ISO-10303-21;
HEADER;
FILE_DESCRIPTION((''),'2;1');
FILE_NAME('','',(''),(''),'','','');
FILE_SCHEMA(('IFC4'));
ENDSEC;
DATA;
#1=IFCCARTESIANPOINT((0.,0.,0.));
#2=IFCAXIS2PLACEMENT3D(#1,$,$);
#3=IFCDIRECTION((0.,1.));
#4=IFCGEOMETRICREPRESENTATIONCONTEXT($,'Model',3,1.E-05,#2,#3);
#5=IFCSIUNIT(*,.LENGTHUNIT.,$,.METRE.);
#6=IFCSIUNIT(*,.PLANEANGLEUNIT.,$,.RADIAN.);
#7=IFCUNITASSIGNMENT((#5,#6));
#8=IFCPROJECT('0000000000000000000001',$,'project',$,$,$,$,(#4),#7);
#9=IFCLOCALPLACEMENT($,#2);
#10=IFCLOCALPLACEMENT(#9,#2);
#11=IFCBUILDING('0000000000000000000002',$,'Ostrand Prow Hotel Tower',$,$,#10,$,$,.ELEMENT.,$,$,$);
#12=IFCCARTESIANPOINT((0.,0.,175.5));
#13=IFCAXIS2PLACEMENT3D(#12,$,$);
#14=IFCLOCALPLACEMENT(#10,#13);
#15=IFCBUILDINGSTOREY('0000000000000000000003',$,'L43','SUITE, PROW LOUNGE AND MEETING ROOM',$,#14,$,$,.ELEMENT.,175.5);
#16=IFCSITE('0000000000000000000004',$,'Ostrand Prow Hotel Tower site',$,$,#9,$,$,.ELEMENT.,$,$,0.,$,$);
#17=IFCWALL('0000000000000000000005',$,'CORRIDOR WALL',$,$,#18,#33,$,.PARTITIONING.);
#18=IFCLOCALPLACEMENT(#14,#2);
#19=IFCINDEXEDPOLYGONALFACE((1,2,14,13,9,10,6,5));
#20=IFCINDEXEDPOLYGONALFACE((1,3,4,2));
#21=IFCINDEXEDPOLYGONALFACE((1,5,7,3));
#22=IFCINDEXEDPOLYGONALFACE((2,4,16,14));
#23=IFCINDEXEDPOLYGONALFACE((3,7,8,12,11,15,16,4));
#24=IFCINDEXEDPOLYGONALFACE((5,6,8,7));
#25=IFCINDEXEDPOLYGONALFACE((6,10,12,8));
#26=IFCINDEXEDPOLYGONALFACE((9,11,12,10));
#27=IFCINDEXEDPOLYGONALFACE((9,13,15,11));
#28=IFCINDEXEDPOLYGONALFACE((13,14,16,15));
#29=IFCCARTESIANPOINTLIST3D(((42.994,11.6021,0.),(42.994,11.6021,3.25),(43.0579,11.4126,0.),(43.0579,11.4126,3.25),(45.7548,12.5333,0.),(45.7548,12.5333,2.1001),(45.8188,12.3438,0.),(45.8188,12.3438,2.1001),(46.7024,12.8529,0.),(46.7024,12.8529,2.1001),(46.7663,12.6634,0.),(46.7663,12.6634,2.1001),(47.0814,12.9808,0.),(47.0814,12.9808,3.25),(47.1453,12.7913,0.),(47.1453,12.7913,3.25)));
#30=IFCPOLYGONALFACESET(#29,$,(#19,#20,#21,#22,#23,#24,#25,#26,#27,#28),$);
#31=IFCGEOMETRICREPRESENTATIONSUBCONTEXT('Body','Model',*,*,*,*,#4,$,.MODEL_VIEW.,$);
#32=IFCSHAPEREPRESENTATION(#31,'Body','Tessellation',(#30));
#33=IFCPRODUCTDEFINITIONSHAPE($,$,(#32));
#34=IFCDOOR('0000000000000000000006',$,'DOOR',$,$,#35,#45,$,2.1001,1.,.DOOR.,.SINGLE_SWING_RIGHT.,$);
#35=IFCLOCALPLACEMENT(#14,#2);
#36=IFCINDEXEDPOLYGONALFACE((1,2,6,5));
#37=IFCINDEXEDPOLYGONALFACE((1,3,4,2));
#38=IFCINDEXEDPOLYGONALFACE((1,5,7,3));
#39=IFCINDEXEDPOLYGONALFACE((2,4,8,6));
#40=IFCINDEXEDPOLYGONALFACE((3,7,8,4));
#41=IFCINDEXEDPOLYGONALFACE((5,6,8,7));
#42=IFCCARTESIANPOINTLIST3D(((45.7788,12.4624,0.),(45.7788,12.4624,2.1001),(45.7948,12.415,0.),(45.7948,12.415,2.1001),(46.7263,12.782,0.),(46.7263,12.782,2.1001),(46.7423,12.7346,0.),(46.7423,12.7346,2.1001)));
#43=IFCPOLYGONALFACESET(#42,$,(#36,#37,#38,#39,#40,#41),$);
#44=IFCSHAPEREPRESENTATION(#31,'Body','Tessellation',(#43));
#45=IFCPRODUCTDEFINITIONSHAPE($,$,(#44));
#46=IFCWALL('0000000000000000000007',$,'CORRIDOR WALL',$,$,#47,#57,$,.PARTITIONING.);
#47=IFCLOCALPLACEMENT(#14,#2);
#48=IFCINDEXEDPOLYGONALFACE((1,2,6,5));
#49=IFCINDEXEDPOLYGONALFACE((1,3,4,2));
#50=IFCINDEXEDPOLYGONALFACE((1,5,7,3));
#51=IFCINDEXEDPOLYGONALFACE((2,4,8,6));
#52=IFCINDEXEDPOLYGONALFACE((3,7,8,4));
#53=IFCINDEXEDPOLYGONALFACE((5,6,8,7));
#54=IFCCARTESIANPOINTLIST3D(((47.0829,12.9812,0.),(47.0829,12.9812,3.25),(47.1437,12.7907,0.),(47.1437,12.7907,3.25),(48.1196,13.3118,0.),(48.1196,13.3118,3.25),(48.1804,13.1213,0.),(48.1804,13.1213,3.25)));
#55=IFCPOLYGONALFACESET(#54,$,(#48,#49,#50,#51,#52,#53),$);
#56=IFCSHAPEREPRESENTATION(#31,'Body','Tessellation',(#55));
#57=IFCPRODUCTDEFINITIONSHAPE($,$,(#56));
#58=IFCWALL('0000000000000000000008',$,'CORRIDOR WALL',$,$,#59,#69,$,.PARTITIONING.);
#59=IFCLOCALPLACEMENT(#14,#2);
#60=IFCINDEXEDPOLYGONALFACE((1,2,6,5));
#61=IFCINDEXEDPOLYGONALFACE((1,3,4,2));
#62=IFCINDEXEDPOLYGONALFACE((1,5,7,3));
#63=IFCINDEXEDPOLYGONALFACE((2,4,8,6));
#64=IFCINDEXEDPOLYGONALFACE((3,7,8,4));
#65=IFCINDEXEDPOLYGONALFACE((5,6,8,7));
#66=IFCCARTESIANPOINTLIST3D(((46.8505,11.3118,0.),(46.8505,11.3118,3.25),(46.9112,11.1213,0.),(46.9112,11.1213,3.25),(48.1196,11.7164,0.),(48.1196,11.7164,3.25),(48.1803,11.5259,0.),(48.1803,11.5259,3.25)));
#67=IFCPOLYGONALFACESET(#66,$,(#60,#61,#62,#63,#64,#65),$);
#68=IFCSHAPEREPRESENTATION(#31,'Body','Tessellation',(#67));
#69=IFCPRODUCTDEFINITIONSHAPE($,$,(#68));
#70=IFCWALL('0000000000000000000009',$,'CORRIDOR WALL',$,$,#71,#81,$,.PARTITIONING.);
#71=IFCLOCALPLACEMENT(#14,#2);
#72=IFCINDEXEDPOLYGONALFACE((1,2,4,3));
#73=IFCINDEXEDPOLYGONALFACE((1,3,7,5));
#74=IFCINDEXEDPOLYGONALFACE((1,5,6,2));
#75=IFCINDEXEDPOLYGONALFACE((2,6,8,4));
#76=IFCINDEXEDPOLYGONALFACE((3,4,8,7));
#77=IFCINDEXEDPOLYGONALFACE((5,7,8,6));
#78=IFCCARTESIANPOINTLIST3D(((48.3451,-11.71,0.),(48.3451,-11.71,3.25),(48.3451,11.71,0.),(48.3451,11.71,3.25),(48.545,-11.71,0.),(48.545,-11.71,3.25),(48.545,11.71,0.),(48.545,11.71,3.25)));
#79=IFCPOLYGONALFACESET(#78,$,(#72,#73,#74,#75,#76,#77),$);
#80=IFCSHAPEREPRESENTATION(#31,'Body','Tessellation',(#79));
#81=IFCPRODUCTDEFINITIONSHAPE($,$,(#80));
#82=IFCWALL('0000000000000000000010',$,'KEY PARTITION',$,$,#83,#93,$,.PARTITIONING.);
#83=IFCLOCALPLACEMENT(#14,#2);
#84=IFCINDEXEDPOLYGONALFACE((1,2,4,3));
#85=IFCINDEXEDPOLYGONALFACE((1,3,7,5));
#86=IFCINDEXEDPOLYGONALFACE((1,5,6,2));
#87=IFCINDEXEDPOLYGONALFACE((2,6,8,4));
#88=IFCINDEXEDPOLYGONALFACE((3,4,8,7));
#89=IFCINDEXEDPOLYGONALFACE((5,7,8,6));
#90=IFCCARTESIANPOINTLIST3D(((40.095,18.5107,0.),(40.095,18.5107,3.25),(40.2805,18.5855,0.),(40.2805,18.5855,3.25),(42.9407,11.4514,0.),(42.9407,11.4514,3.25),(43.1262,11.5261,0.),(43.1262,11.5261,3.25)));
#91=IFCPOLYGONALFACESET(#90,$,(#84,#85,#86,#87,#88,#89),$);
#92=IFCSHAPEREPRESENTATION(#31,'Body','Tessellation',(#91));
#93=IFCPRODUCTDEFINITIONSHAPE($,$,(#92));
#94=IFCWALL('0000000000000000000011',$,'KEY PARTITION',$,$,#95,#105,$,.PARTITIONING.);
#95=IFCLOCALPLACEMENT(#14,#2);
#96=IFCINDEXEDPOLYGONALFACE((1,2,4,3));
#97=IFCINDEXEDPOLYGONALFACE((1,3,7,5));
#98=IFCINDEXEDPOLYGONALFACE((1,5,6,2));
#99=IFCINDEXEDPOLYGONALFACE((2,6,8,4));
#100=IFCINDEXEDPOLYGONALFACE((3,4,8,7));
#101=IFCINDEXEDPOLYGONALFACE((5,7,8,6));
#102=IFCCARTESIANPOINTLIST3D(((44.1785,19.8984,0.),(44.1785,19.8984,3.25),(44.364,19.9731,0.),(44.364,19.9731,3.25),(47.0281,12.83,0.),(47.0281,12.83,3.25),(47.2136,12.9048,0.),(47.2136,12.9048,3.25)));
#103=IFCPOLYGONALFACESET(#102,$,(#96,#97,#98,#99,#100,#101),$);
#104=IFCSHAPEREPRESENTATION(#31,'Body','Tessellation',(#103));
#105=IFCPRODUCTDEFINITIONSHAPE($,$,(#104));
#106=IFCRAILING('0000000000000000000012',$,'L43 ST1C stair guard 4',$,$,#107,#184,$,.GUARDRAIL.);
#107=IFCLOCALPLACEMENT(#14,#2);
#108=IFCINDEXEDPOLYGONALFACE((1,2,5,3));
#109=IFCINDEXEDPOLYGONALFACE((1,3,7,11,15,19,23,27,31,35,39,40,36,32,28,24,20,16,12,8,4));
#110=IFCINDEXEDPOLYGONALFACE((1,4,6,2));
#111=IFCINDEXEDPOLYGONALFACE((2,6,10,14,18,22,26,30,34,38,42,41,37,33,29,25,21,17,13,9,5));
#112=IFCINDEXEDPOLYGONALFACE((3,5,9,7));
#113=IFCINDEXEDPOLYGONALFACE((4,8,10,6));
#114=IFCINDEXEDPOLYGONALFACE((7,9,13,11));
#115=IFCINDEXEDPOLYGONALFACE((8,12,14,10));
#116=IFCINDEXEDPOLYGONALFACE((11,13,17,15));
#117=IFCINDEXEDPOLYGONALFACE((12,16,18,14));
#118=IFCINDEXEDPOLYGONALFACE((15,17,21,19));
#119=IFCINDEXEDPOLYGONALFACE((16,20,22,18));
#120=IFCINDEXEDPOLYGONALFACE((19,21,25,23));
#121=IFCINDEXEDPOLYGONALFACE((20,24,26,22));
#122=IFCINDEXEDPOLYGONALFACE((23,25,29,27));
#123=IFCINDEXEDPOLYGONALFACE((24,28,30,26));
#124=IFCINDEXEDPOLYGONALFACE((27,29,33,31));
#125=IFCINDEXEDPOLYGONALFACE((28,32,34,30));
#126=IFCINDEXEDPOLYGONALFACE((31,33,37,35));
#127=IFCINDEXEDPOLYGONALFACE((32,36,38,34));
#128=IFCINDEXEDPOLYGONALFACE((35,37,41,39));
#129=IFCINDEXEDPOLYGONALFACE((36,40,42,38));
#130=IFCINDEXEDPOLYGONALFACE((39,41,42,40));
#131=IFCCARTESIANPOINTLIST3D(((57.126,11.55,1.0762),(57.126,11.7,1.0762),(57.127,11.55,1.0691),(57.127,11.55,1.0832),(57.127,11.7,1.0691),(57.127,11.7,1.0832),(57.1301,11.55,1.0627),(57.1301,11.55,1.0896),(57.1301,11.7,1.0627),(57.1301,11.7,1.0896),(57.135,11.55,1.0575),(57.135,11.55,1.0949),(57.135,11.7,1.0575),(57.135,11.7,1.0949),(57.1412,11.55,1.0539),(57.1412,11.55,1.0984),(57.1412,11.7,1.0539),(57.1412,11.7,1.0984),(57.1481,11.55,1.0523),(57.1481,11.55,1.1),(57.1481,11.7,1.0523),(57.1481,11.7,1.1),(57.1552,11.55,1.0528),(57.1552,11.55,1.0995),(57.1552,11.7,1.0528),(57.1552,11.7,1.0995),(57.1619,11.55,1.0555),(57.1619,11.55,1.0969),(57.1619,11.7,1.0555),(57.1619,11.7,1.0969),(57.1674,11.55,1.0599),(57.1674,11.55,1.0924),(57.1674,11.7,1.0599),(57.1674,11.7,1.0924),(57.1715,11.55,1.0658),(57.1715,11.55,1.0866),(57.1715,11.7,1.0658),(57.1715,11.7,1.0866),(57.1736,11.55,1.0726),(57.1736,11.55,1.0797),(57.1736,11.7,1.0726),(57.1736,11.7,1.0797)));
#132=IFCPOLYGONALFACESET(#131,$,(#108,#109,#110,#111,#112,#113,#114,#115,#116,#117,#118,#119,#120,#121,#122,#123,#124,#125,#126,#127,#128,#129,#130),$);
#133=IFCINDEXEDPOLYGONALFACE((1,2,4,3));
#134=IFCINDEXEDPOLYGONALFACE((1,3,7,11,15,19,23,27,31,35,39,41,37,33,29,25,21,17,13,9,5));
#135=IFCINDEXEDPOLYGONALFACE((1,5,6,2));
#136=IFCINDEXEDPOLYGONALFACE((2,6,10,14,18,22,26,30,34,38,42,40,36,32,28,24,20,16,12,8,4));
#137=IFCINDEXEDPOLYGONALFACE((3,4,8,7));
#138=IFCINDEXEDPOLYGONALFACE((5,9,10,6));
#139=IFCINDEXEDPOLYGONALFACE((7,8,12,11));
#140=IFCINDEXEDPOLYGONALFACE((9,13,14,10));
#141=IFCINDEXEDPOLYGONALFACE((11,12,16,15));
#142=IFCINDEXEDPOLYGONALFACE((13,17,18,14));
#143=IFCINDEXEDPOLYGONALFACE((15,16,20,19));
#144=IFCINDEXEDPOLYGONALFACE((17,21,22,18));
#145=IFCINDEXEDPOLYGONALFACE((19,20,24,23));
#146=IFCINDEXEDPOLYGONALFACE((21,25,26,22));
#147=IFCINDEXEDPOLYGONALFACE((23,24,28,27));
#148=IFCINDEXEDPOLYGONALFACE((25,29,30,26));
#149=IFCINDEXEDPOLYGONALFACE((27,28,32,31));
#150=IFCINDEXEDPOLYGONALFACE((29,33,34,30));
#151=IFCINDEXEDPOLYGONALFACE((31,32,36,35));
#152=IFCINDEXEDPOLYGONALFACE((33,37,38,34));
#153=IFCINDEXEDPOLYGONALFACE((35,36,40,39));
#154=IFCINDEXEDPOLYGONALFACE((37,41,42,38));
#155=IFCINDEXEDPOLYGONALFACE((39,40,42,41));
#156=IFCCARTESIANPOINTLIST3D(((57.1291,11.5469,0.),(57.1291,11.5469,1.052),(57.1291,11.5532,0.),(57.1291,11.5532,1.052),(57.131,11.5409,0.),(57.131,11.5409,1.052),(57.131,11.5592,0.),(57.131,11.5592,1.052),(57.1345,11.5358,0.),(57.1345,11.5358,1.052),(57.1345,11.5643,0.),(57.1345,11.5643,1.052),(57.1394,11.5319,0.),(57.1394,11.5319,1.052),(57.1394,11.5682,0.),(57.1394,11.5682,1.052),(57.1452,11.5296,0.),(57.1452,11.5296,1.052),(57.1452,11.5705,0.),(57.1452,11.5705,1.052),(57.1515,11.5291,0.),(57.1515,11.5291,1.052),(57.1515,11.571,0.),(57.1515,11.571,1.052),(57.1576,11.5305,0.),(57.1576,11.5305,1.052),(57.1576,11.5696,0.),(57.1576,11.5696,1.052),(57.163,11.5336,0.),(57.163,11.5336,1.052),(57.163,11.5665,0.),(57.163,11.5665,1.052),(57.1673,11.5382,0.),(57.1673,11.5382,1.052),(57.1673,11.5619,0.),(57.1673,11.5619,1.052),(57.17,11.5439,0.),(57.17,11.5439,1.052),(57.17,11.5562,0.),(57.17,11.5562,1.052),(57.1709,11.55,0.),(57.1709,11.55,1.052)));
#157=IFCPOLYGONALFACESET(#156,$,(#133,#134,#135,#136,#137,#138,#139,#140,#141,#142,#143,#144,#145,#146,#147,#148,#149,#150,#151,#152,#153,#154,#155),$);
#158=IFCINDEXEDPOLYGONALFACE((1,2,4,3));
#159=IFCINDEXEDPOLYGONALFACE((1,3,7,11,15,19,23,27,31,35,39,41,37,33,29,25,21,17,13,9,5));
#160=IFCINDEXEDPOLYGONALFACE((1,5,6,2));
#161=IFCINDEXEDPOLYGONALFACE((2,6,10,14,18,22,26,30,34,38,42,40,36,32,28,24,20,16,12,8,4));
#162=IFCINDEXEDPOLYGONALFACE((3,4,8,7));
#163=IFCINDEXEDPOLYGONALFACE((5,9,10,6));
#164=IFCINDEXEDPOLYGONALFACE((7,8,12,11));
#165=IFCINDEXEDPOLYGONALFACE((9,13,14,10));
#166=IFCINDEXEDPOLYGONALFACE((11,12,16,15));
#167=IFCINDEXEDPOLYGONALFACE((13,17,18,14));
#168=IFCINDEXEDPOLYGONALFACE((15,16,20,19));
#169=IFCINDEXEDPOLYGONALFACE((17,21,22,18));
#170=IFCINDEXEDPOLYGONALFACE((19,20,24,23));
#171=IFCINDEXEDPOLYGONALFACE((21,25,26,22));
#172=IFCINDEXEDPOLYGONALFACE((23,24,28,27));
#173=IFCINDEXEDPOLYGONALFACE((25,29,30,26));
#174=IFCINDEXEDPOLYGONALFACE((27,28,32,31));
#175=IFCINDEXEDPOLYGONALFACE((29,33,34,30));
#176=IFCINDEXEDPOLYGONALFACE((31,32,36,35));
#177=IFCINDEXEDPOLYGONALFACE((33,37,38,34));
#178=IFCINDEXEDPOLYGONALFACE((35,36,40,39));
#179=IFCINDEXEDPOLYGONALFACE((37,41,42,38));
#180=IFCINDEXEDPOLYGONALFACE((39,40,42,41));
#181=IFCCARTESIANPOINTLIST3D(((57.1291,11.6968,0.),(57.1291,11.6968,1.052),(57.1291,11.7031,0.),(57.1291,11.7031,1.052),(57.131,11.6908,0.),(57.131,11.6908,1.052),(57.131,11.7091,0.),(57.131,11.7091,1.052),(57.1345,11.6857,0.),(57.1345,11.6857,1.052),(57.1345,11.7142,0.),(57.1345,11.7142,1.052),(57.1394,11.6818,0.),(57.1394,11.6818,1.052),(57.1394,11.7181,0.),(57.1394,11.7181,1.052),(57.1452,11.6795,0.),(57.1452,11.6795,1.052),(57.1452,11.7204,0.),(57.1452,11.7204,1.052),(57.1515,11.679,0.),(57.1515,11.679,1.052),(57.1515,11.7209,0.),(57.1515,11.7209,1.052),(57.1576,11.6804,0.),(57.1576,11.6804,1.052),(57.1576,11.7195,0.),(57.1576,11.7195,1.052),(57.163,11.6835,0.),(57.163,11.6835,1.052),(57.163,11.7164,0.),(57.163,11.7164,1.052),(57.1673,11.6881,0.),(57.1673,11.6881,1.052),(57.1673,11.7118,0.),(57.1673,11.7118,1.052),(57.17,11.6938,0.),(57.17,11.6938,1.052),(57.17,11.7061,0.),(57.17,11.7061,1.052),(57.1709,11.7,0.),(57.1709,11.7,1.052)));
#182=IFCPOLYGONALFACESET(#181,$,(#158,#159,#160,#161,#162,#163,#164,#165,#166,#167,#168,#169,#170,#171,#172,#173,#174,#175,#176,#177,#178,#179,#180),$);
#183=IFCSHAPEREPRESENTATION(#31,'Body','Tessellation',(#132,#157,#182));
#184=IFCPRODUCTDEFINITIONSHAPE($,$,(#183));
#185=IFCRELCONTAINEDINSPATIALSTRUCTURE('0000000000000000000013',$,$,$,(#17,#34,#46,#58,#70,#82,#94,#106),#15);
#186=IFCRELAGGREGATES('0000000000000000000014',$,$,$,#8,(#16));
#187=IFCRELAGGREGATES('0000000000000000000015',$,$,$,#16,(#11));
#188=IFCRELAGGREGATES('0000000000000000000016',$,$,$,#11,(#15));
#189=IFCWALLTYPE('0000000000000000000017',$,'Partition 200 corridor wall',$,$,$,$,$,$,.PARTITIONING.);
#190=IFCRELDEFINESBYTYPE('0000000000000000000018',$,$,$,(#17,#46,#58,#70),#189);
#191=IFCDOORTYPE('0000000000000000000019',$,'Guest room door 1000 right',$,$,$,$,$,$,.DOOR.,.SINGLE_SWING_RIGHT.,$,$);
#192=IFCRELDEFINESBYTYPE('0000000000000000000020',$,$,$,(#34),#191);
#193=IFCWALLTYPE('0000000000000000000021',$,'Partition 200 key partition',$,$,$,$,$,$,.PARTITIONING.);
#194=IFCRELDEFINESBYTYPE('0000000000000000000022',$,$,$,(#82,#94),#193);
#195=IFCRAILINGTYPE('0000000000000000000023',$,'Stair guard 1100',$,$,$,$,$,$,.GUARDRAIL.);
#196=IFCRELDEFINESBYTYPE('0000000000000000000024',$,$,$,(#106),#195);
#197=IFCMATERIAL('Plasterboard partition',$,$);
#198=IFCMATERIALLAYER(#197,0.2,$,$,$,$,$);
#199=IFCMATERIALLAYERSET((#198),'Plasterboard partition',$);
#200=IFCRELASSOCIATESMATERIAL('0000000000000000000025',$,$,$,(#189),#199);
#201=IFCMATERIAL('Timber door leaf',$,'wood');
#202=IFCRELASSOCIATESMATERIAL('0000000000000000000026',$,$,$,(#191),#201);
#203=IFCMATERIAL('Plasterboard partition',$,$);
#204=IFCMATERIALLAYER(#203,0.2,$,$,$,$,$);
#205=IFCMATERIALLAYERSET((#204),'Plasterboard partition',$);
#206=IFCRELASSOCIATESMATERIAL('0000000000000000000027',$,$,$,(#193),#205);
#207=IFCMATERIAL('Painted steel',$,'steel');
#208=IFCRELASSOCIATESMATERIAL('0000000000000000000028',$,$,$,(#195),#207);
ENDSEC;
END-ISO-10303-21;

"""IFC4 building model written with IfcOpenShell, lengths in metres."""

from ifc_helpers import new_model, si_unit, direction, frame, frame_2d, origin, origin_2d, place, context, subcontext, project, spatial, rectangle, circle, extrude, material, layer, layer_set, type_object, element, fill, save


model = new_model("IFC4")

# Units and contexts
model_context = context("Model", 3, precision=1e-05, world=origin(), true_north=direction((0.0, 1.0)))
body_context = subcontext(model_context, "Body", "Model", "MODEL_VIEW")
ifc_project = project(units=[si_unit("LENGTHUNIT", "METRE"), si_unit("PLANEANGLEUNIT", "RADIAN")], contexts=[model_context])

# Site, building, storey
site_placement = place(None, origin())
site = spatial("IfcSite", under=ifc_project, at=site_placement, Name="Ostrand Prow Hotel Tower site", CompositionType="ELEMENT", RefElevation=0.0)
building_placement = place(site_placement, origin())
building = spatial("IfcBuilding", under=site, at=building_placement, Name="Ostrand Prow Hotel Tower", CompositionType="ELEMENT")
storey_placement = place(building_placement, frame((0.0, 0.0, 175.5)))
storey = spatial("IfcBuildingStorey", under=building, at=storey_placement, Name="L43", Description="SUITE, PROW LOUNGE AND MEETING ROOM", CompositionType="ELEMENT", Elevation=175.5)

# Wall, opening, door
ifc_material_1 = material(Name="Plasterboard partition")
ifc_layer_1 = layer(ifc_material_1, 0.2)
ifc_layer_set_1 = layer_set([ifc_layer_1], Name="Plasterboard partition")
wall_type_1 = type_object("IfcWallType", Name="Partition 200 corridor wall", PredefinedType="PARTITIONING", material=ifc_layer_set_1)
wall_1_placement = place(storey_placement, frame((47.1133, 12.886, 0.0), z_axis=(0.0, 0.0, 1.0), x_axis=(-0.947551, -0.319605, 0.0)))
wall_1 = element("IfcWall", 1, at=wall_1_placement, inside=storey, type_object=wall_type_1, Name="CORRIDOR WALL", PredefinedType="PARTITIONING", context=body_context, shape_type="SweptSolid", body=[
    extrude(rectangle(XDim=4.3137, YDim=0.2, at=frame_2d((2.1567, 0.0))), origin(), (0.0, 0.0, 1.0), 3.25),
])
opening_1_placement = place(wall_1_placement, frame((0.3999, 0.0, 0.0)))
opening_1 = element("IfcOpeningElement", 2, at=opening_1_placement, cuts=wall_1, PredefinedType="OPENING", context=body_context, shape_type="SweptSolid", body=[
    extrude(rectangle(XDim=1.0, YDim=2.1001, at=frame_2d((0.5, 1.05))), frame((0.0, 0.1099, 0.0), z_axis=(0.0, -1.0, 0.0), x_axis=(1.0, 0.0, 0.0)), (0.0, 0.0, 1.0), 0.22),
])
ifc_material_2 = material(Name="Timber door leaf", Category="wood")
door_type_1 = type_object("IfcDoorType", Name="Guest room door 1000 right", OperationType="SINGLE_SWING_RIGHT", PredefinedType="DOOR", material=ifc_material_2)
door_1_placement = place(opening_1_placement, origin())
door_1 = element("IfcDoor", 3, at=door_1_placement, inside=storey, type_object=door_type_1, Name="DOOR", OperationType="SINGLE_SWING_RIGHT", OverallHeight=2.1001, OverallWidth=1.0, PredefinedType="DOOR", context=body_context, shape_type="SweptSolid", body=[
    extrude(rectangle(XDim=1.0, YDim=2.1001, at=frame_2d((0.5, 1.05))), frame((0.0, 0.0249, 0.0), z_axis=(0.0, -1.0, 0.0), x_axis=(1.0, 0.0, 0.0)), (0.0, 0.0, 1.0), 0.05),
])
fill(opening_1, door_1)

# Walls
wall_2_placement = place(storey_placement, frame((48.1499, 13.2166, 0.0), z_axis=(0.0, 0.0, 1.0), x_axis=(-0.952731, -0.303815, 0.0)))
element("IfcWall", 4, at=wall_2_placement, inside=storey, type_object=wall_type_1, Name="CORRIDOR WALL", PredefinedType="PARTITIONING", context=body_context, shape_type="SweptSolid", body=[
    extrude(rectangle(XDim=1.0881, YDim=0.2, at=frame_2d((0.5439, 0.0))), origin(), (0.0, 0.0, 1.0), 3.25),
])
wall_3_placement = place(storey_placement, frame((46.8809, 11.2166, 0.0), z_axis=(0.0, 0.0, 1.0), x_axis=(0.952762, 0.303718, 0.0)))
element("IfcWall", 5, at=wall_3_placement, inside=storey, type_object=wall_type_1, Name="CORRIDOR WALL", PredefinedType="PARTITIONING", context=body_context, shape_type="SweptSolid", body=[
    extrude(rectangle(XDim=1.332, YDim=0.2, at=frame_2d((0.666, 0.0))), origin(), (0.0, 0.0, 1.0), 3.25),
])
wall_4_placement = place(storey_placement, frame((48.4451, 11.71, 0.0), z_axis=(0.0, 0.0, 1.0), x_axis=(0.0, -1.0, 0.0)))
element("IfcWall", 6, at=wall_4_placement, inside=storey, type_object=wall_type_1, Name="CORRIDOR WALL", PredefinedType="PARTITIONING", context=body_context, shape_type="SweptSolid", body=[
    extrude(rectangle(XDim=23.4199, YDim=0.2, at=frame_2d((11.71, 0.0))), origin(), (0.0, 0.0, 1.0), 3.25),
])
ifc_material_3 = material(Name="Plasterboard partition")
ifc_layer_2 = layer(ifc_material_3, 0.2)
ifc_layer_set_2 = layer_set([ifc_layer_2], Name="Plasterboard partition")
wall_type_2 = type_object("IfcWallType", Name="Partition 200 key partition", PredefinedType="PARTITIONING", material=ifc_layer_set_2)
wall_5_placement = place(storey_placement, frame((43.0334, 11.4888, 0.0), z_axis=(0.0, 0.0, 1.0), x_axis=(-0.373878, 0.927478, 0.0)))
element("IfcWall", 7, at=wall_5_placement, inside=storey, type_object=wall_type_2, Name="KEY PARTITION", PredefinedType="PARTITIONING", context=body_context, shape_type="SweptSolid", body=[
    extrude(rectangle(XDim=7.6113, YDim=0.2, at=frame_2d((3.8057, 0.0))), origin(), (0.0, 0.0, 1.0), 3.25),
])
wall_6_placement = place(storey_placement, frame((47.1208, 12.8674, 0.0), z_axis=(0.0, 0.0, 1.0), x_axis=(-0.373908, 0.927466, 0.0)))
element("IfcWall", 8, at=wall_6_placement, inside=storey, type_object=wall_type_2, Name="KEY PARTITION", PredefinedType="PARTITIONING", context=body_context, shape_type="SweptSolid", body=[
    extrude(rectangle(XDim=7.6211, YDim=0.2, at=frame_2d((3.8105, 0.0))), origin(), (0.0, 0.0, 1.0), 3.25),
])

# Railing
ifc_material_4 = material(Name="Painted steel", Category="steel")
railing_type = type_object("IfcRailingType", Name="Stair guard 1100", PredefinedType="GUARDRAIL", material=ifc_material_4)
railing_1_placement = place(storey_placement, frame((57.1499, 11.55, 0.0)))
element("IfcRailing", 9, at=railing_1_placement, inside=storey, type_object=railing_type, Name="L43 ST1C stair guard 4", PredefinedType="GUARDRAIL", context=body_context, shape_type="SweptSolid", body=[
    extrude(circle(Radius=0.0239, at=origin_2d()), frame((0.0, 0.0, 1.0762), z_axis=(0.0, 1.0, 0.0), x_axis=(-1.0, 0.0, 0.0)), (0.0, 0.0, 1.0), 0.1499),
    extrude(circle(Radius=0.021, at=origin_2d()), origin(), (0.0, 0.0, 1.0), 1.052),
    extrude(circle(Radius=0.021, at=origin_2d()), frame((0.0, 0.1499, 0.0)), (0.0, 0.0, 1.0), 1.052),
])

save(model, "model.ifc")
